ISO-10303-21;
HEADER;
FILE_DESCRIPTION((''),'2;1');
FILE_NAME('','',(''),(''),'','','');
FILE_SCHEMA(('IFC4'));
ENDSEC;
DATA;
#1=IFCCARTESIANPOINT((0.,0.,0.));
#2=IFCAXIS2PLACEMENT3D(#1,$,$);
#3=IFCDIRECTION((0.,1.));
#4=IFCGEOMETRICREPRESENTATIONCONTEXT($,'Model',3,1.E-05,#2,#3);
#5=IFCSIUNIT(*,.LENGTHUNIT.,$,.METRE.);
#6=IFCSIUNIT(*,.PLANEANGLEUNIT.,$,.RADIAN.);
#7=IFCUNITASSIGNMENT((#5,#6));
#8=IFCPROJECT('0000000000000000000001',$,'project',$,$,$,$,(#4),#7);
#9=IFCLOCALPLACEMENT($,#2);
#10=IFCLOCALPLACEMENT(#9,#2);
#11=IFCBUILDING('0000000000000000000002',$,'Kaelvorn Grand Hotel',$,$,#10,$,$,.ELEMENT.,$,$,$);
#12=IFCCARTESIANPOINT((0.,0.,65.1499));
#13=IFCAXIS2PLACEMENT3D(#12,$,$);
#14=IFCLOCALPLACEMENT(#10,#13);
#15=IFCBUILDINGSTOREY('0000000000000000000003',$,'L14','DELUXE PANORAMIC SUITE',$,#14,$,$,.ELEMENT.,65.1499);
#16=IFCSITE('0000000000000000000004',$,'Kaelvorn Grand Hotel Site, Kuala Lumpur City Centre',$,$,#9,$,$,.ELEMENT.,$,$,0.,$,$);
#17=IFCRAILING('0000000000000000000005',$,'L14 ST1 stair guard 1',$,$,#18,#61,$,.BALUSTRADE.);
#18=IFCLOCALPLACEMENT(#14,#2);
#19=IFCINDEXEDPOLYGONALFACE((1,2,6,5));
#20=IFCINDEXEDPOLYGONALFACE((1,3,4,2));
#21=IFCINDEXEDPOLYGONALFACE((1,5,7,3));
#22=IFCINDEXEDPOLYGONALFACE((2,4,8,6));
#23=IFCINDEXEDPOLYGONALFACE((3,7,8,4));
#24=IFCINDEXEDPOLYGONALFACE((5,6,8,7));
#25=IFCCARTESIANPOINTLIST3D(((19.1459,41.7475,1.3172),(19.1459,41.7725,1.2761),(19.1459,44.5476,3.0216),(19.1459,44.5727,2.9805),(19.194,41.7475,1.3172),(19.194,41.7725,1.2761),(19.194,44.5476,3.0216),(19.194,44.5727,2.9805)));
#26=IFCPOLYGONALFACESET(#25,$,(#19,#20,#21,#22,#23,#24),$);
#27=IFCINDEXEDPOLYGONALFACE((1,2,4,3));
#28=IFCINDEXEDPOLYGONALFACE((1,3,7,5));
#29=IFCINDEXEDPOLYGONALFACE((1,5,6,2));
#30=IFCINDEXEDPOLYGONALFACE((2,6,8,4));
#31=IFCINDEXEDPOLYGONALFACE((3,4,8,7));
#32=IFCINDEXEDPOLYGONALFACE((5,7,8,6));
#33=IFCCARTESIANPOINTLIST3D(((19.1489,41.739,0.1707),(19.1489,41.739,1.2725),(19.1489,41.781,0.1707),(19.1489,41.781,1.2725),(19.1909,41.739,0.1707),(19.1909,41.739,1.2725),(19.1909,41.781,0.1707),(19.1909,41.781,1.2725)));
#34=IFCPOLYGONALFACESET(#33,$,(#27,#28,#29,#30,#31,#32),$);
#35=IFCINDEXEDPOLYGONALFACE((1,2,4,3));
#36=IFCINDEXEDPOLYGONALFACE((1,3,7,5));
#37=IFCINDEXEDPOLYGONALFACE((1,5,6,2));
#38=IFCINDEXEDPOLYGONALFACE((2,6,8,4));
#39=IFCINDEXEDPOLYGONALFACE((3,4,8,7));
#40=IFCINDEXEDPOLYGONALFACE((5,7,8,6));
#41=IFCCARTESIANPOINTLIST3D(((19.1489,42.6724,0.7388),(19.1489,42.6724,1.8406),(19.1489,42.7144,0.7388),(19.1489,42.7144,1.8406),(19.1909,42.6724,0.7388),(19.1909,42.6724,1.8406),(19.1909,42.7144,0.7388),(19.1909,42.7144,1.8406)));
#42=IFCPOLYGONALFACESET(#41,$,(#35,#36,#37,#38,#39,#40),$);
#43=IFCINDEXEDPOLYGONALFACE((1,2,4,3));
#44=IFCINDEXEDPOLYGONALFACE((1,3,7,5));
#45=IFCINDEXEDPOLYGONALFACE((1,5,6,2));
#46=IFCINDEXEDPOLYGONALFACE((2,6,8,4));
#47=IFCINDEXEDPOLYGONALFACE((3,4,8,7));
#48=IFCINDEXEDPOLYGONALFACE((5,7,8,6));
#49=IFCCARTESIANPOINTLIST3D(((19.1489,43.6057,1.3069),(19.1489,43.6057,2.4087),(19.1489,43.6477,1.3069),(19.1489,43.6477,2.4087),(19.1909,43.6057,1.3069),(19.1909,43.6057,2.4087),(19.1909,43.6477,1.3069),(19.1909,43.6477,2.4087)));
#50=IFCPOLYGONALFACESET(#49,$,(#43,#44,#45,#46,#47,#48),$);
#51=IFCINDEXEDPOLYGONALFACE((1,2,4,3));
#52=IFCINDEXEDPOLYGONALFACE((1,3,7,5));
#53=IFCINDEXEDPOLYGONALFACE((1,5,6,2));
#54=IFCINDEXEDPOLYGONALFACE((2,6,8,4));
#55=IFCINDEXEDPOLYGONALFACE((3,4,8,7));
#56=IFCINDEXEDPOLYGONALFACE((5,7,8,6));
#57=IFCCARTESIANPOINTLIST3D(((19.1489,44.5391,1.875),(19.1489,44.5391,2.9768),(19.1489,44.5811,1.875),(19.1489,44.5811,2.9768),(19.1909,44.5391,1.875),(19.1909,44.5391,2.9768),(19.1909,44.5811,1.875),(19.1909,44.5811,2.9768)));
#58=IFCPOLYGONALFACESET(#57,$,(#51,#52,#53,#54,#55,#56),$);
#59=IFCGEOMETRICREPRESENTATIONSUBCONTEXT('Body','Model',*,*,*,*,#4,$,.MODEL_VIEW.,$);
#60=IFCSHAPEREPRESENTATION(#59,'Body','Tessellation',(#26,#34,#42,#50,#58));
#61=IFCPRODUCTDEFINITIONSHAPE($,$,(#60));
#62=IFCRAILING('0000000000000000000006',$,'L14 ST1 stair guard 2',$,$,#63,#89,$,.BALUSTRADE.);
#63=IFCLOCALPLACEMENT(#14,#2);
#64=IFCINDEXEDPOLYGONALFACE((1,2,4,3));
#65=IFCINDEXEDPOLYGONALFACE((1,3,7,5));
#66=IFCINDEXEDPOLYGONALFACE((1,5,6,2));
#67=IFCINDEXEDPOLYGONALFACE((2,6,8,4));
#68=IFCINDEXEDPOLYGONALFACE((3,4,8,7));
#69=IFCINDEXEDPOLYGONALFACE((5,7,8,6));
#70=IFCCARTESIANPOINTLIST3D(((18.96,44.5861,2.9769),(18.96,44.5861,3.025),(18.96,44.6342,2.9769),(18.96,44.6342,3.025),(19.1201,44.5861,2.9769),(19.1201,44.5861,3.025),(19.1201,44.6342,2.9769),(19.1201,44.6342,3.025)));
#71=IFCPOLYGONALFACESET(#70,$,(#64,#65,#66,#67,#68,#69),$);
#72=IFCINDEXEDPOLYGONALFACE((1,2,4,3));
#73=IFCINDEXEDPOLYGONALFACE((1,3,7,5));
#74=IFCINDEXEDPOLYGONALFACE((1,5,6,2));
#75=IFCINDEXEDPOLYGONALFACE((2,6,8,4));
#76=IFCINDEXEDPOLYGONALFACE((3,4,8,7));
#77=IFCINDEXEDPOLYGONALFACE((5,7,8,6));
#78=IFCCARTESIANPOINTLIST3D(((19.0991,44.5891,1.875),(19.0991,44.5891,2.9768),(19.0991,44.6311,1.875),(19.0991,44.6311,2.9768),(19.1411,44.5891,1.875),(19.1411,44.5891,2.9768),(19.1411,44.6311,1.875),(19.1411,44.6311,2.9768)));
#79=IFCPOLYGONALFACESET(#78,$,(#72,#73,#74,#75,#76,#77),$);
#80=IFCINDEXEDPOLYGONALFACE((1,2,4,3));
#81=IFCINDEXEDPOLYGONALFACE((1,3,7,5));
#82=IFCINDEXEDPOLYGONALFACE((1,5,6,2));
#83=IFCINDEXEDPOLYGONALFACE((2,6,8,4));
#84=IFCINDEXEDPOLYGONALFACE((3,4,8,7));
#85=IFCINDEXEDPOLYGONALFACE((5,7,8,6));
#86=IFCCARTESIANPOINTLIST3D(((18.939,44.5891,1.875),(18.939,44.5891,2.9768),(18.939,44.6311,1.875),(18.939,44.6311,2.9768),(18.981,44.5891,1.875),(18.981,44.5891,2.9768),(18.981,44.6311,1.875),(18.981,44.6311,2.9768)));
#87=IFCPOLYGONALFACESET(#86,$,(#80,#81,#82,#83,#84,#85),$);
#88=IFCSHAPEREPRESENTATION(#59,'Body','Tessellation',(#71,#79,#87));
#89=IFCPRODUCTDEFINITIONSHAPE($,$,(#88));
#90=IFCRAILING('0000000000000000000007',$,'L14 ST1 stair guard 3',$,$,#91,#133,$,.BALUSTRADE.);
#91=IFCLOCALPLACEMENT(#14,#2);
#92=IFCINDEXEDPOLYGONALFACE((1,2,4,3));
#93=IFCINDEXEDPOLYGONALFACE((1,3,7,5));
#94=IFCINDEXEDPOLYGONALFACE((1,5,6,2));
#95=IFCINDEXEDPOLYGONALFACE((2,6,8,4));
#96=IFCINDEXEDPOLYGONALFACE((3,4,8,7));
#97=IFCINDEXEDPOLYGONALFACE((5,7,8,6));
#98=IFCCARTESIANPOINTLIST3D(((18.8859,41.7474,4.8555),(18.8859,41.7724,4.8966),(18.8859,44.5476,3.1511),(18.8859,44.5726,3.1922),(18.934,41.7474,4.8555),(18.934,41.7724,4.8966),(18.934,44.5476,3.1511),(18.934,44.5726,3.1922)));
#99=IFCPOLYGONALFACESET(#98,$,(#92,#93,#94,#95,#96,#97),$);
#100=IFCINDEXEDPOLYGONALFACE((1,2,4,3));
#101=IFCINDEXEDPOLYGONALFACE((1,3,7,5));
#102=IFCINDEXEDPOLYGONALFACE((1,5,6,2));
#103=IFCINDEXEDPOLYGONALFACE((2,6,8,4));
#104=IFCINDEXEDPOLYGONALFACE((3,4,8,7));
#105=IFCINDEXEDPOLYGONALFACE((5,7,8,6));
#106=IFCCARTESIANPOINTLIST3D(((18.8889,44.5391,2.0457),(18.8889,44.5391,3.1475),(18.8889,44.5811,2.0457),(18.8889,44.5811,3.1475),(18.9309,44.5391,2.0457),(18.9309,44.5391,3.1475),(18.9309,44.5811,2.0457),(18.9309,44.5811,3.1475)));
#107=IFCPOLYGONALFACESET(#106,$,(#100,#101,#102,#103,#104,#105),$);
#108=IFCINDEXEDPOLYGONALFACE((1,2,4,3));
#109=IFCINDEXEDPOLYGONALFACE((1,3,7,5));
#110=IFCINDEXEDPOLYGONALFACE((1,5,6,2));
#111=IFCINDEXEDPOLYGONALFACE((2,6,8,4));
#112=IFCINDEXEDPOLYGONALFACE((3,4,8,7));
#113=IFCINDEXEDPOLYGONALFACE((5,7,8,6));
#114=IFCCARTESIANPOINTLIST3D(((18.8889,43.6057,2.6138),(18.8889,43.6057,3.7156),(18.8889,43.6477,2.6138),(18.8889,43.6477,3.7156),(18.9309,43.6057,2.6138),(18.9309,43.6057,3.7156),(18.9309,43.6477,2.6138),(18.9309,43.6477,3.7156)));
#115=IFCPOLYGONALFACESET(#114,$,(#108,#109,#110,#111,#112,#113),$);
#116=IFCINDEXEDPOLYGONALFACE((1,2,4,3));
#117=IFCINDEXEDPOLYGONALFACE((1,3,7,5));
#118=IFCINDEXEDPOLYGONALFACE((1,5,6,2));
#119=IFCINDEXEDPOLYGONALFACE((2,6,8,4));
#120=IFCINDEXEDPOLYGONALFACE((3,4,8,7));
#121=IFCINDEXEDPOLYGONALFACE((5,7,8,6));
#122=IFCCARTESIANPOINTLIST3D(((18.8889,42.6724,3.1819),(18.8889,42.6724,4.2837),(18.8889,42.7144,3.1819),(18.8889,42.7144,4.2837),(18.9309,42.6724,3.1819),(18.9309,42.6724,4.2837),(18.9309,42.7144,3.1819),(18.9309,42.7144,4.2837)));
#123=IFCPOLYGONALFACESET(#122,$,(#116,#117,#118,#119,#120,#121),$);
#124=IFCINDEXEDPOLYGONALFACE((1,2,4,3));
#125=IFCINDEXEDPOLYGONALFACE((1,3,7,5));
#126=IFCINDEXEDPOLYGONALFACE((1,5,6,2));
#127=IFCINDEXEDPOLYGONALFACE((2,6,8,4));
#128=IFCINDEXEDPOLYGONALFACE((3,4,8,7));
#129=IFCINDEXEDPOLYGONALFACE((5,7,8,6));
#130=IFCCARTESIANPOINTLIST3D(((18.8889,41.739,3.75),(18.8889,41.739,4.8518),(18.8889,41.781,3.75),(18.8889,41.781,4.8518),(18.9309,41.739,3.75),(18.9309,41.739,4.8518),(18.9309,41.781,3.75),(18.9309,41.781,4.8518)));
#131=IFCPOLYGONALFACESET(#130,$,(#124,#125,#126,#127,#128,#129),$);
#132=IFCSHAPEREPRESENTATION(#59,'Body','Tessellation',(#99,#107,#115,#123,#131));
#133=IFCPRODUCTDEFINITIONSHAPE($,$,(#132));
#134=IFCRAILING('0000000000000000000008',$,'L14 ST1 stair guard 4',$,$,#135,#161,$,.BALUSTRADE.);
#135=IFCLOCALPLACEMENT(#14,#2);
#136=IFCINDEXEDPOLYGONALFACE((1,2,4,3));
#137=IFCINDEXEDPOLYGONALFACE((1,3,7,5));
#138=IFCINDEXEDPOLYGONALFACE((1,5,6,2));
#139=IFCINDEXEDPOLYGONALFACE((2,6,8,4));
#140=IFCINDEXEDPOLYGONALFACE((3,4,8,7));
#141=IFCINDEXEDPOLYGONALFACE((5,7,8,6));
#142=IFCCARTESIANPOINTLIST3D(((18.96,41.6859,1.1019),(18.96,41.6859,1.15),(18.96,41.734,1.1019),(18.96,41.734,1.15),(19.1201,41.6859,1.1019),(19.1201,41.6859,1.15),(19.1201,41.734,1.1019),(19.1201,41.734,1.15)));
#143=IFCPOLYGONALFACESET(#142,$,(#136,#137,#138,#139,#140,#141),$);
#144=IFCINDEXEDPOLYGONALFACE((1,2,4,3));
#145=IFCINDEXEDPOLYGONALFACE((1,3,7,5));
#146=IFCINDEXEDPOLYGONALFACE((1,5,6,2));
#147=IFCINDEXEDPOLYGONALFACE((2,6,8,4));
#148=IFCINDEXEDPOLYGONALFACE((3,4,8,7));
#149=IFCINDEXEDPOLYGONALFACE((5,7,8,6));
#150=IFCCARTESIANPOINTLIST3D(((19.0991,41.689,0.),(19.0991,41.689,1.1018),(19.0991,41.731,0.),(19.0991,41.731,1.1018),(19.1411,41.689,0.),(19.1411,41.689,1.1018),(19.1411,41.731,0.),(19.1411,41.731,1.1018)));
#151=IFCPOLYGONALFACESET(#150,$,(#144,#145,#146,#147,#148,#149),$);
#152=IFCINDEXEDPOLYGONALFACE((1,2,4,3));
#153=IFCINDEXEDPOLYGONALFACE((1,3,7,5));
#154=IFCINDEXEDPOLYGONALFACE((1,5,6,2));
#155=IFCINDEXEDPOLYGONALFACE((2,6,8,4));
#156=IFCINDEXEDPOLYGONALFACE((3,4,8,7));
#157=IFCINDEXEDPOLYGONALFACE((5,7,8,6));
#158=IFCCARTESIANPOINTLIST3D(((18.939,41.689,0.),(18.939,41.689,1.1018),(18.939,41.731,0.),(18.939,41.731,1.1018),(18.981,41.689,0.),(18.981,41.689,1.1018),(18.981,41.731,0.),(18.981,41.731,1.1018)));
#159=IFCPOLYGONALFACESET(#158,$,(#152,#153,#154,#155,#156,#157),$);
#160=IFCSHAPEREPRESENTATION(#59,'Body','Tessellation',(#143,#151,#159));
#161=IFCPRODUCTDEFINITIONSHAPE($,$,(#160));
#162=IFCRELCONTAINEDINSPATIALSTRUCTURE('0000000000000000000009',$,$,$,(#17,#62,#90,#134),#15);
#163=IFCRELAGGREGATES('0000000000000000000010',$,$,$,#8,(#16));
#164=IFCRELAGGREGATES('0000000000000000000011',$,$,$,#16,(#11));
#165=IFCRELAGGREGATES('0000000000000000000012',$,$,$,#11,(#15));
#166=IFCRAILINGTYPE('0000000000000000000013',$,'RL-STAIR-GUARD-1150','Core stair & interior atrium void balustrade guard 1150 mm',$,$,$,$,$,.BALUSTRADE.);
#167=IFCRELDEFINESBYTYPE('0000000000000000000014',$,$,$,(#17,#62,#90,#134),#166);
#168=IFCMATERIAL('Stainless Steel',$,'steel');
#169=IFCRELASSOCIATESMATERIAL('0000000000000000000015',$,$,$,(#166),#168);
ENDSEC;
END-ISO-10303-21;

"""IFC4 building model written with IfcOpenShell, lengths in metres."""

from ifc_helpers import new_model, si_unit, direction, frame, origin, origin_2d, place, context, subcontext, project, spatial, rectangle, extrude, material, type_object, element, save


model = new_model("IFC4")

# Units and contexts
model_context = context("Model", 3, precision=1e-05, world=origin(), true_north=direction((0.0, 1.0)))
body_context = subcontext(model_context, "Body", "Model", "MODEL_VIEW")
ifc_project = project(units=[si_unit("LENGTHUNIT", "METRE"), si_unit("PLANEANGLEUNIT", "RADIAN")], contexts=[model_context])

# Site, building, storey
site_placement = place(None, origin())
site = spatial("IfcSite", under=ifc_project, at=site_placement, Name="Kaelvorn Grand Hotel Site, Kuala Lumpur City Centre", CompositionType="ELEMENT", RefElevation=0.0)
building_placement = place(site_placement, origin())
building = spatial("IfcBuilding", under=site, at=building_placement, Name="Kaelvorn Grand Hotel", CompositionType="ELEMENT")
storey_placement = place(building_placement, frame((0.0, 0.0, 65.1499)))
storey = spatial("IfcBuildingStorey", under=building, at=storey_placement, Name="L14", Description="DELUXE PANORAMIC SUITE", CompositionType="ELEMENT", Elevation=65.1499)

# Railings
ifc_material_1 = material(Name="Stainless Steel", Category="steel")
railing_type_1 = type_object("IfcRailingType", Name="RL-STAIR-GUARD-1150", Description="Core stair & interior atrium void balustrade guard 1150 mm", PredefinedType="BALUSTRADE", material=ifc_material_1)
railing_1_placement = place(storey_placement, frame((19.1699, 41.76, 0.1707)))
element("IfcRailing", 1, at=railing_1_placement, inside=storey, type_object=railing_type_1, Name="L14 ST1 stair guard 1", PredefinedType="BALUSTRADE", context=body_context, shape_type="SweptSolid", body=[
    extrude(rectangle(XDim=0.0481, YDim=0.0481, at=origin_2d()), frame((0.0, 0.0, 1.126), z_axis=(0.0, 0.854203, 0.51994), x_axis=(-1.0, 0.0, 0.0)), (0.0, 0.0, 1.0), 3.2781),
    extrude(rectangle(XDim=0.042, YDim=0.042, at=origin_2d()), origin(), (0.0, 0.0, 1.0), 1.1018),
    extrude(rectangle(XDim=0.042, YDim=0.042, at=origin_2d()), frame((0.0, 0.9333, 0.5681)), (0.0, 0.0, 1.0), 1.1018),
    extrude(rectangle(XDim=0.042, YDim=0.042, at=origin_2d()), frame((0.0, 1.8667, 1.1362)), (0.0, 0.0, 1.0), 1.1018),
    extrude(rectangle(XDim=0.042, YDim=0.042, at=origin_2d()), frame((0.0, 2.8, 1.7043)), (0.0, 0.0, 1.0), 1.1018),
])
railing_2_placement = place(storey_placement, frame((19.1201, 44.6101, 1.875)))
element("IfcRailing", 2, at=railing_2_placement, inside=storey, type_object=railing_type_1, Name="L14 ST1 stair guard 2", PredefinedType="BALUSTRADE", context=body_context, shape_type="SweptSolid", body=[
    extrude(rectangle(XDim=0.0481, YDim=0.0481, at=origin_2d()), frame((0.0, 0.0, 1.126), z_axis=(-1.0, 0.0, 0.0), x_axis=(0.0, -1.0, 0.0)), (0.0, 0.0, 1.0), 0.1602),
    extrude(rectangle(XDim=0.042, YDim=0.042, at=origin_2d()), origin(), (0.0, 0.0, 1.0), 1.1018),
    extrude(rectangle(XDim=0.042, YDim=0.042, at=origin_2d()), frame((-0.1602, 0.0, 0.0)), (0.0, 0.0, 1.0), 1.1018),
])
railing_3_placement = place(storey_placement, frame((18.9099, 44.5601, 2.0457)))
element("IfcRailing", 3, at=railing_3_placement, inside=storey, type_object=railing_type_1, Name="L14 ST1 stair guard 3", PredefinedType="BALUSTRADE", context=body_context, shape_type="SweptSolid", body=[
    extrude(rectangle(XDim=0.0481, YDim=0.0481, at=origin_2d()), frame((0.0, 0.0, 1.126), z_axis=(0.0, -0.854203, 0.51994), x_axis=(1.0, 0.0, 0.0)), (0.0, 0.0, 1.0), 3.2781),
    extrude(rectangle(XDim=0.042, YDim=0.042, at=origin_2d()), origin(), (0.0, 0.0, 1.0), 1.1018),
    extrude(rectangle(XDim=0.042, YDim=0.042, at=origin_2d()), frame((0.0, -0.9333, 0.5681)), (0.0, 0.0, 1.0), 1.1018),
    extrude(rectangle(XDim=0.042, YDim=0.042, at=origin_2d()), frame((0.0, -1.8667, 1.1362)), (0.0, 0.0, 1.0), 1.1018),
    extrude(rectangle(XDim=0.042, YDim=0.042, at=origin_2d()), frame((0.0, -2.8, 1.7043)), (0.0, 0.0, 1.0), 1.1018),
])
railing_4_placement = place(storey_placement, frame((19.1201, 41.71, 0.0)))
element("IfcRailing", 4, at=railing_4_placement, inside=storey, type_object=railing_type_1, Name="L14 ST1 stair guard 4", PredefinedType="BALUSTRADE", context=body_context, shape_type="SweptSolid", body=[
    extrude(rectangle(XDim=0.0481, YDim=0.0481, at=origin_2d()), frame((0.0, 0.0, 1.126), z_axis=(-1.0, 0.0, 0.0), x_axis=(0.0, -1.0, 0.0)), (0.0, 0.0, 1.0), 0.1602),
    extrude(rectangle(XDim=0.042, YDim=0.042, at=origin_2d()), origin(), (0.0, 0.0, 1.0), 1.1018),
    extrude(rectangle(XDim=0.042, YDim=0.042, at=origin_2d()), frame((-0.1602, 0.0, 0.0)), (0.0, 0.0, 1.0), 1.1018),
])

save(model, "model.ifc")
